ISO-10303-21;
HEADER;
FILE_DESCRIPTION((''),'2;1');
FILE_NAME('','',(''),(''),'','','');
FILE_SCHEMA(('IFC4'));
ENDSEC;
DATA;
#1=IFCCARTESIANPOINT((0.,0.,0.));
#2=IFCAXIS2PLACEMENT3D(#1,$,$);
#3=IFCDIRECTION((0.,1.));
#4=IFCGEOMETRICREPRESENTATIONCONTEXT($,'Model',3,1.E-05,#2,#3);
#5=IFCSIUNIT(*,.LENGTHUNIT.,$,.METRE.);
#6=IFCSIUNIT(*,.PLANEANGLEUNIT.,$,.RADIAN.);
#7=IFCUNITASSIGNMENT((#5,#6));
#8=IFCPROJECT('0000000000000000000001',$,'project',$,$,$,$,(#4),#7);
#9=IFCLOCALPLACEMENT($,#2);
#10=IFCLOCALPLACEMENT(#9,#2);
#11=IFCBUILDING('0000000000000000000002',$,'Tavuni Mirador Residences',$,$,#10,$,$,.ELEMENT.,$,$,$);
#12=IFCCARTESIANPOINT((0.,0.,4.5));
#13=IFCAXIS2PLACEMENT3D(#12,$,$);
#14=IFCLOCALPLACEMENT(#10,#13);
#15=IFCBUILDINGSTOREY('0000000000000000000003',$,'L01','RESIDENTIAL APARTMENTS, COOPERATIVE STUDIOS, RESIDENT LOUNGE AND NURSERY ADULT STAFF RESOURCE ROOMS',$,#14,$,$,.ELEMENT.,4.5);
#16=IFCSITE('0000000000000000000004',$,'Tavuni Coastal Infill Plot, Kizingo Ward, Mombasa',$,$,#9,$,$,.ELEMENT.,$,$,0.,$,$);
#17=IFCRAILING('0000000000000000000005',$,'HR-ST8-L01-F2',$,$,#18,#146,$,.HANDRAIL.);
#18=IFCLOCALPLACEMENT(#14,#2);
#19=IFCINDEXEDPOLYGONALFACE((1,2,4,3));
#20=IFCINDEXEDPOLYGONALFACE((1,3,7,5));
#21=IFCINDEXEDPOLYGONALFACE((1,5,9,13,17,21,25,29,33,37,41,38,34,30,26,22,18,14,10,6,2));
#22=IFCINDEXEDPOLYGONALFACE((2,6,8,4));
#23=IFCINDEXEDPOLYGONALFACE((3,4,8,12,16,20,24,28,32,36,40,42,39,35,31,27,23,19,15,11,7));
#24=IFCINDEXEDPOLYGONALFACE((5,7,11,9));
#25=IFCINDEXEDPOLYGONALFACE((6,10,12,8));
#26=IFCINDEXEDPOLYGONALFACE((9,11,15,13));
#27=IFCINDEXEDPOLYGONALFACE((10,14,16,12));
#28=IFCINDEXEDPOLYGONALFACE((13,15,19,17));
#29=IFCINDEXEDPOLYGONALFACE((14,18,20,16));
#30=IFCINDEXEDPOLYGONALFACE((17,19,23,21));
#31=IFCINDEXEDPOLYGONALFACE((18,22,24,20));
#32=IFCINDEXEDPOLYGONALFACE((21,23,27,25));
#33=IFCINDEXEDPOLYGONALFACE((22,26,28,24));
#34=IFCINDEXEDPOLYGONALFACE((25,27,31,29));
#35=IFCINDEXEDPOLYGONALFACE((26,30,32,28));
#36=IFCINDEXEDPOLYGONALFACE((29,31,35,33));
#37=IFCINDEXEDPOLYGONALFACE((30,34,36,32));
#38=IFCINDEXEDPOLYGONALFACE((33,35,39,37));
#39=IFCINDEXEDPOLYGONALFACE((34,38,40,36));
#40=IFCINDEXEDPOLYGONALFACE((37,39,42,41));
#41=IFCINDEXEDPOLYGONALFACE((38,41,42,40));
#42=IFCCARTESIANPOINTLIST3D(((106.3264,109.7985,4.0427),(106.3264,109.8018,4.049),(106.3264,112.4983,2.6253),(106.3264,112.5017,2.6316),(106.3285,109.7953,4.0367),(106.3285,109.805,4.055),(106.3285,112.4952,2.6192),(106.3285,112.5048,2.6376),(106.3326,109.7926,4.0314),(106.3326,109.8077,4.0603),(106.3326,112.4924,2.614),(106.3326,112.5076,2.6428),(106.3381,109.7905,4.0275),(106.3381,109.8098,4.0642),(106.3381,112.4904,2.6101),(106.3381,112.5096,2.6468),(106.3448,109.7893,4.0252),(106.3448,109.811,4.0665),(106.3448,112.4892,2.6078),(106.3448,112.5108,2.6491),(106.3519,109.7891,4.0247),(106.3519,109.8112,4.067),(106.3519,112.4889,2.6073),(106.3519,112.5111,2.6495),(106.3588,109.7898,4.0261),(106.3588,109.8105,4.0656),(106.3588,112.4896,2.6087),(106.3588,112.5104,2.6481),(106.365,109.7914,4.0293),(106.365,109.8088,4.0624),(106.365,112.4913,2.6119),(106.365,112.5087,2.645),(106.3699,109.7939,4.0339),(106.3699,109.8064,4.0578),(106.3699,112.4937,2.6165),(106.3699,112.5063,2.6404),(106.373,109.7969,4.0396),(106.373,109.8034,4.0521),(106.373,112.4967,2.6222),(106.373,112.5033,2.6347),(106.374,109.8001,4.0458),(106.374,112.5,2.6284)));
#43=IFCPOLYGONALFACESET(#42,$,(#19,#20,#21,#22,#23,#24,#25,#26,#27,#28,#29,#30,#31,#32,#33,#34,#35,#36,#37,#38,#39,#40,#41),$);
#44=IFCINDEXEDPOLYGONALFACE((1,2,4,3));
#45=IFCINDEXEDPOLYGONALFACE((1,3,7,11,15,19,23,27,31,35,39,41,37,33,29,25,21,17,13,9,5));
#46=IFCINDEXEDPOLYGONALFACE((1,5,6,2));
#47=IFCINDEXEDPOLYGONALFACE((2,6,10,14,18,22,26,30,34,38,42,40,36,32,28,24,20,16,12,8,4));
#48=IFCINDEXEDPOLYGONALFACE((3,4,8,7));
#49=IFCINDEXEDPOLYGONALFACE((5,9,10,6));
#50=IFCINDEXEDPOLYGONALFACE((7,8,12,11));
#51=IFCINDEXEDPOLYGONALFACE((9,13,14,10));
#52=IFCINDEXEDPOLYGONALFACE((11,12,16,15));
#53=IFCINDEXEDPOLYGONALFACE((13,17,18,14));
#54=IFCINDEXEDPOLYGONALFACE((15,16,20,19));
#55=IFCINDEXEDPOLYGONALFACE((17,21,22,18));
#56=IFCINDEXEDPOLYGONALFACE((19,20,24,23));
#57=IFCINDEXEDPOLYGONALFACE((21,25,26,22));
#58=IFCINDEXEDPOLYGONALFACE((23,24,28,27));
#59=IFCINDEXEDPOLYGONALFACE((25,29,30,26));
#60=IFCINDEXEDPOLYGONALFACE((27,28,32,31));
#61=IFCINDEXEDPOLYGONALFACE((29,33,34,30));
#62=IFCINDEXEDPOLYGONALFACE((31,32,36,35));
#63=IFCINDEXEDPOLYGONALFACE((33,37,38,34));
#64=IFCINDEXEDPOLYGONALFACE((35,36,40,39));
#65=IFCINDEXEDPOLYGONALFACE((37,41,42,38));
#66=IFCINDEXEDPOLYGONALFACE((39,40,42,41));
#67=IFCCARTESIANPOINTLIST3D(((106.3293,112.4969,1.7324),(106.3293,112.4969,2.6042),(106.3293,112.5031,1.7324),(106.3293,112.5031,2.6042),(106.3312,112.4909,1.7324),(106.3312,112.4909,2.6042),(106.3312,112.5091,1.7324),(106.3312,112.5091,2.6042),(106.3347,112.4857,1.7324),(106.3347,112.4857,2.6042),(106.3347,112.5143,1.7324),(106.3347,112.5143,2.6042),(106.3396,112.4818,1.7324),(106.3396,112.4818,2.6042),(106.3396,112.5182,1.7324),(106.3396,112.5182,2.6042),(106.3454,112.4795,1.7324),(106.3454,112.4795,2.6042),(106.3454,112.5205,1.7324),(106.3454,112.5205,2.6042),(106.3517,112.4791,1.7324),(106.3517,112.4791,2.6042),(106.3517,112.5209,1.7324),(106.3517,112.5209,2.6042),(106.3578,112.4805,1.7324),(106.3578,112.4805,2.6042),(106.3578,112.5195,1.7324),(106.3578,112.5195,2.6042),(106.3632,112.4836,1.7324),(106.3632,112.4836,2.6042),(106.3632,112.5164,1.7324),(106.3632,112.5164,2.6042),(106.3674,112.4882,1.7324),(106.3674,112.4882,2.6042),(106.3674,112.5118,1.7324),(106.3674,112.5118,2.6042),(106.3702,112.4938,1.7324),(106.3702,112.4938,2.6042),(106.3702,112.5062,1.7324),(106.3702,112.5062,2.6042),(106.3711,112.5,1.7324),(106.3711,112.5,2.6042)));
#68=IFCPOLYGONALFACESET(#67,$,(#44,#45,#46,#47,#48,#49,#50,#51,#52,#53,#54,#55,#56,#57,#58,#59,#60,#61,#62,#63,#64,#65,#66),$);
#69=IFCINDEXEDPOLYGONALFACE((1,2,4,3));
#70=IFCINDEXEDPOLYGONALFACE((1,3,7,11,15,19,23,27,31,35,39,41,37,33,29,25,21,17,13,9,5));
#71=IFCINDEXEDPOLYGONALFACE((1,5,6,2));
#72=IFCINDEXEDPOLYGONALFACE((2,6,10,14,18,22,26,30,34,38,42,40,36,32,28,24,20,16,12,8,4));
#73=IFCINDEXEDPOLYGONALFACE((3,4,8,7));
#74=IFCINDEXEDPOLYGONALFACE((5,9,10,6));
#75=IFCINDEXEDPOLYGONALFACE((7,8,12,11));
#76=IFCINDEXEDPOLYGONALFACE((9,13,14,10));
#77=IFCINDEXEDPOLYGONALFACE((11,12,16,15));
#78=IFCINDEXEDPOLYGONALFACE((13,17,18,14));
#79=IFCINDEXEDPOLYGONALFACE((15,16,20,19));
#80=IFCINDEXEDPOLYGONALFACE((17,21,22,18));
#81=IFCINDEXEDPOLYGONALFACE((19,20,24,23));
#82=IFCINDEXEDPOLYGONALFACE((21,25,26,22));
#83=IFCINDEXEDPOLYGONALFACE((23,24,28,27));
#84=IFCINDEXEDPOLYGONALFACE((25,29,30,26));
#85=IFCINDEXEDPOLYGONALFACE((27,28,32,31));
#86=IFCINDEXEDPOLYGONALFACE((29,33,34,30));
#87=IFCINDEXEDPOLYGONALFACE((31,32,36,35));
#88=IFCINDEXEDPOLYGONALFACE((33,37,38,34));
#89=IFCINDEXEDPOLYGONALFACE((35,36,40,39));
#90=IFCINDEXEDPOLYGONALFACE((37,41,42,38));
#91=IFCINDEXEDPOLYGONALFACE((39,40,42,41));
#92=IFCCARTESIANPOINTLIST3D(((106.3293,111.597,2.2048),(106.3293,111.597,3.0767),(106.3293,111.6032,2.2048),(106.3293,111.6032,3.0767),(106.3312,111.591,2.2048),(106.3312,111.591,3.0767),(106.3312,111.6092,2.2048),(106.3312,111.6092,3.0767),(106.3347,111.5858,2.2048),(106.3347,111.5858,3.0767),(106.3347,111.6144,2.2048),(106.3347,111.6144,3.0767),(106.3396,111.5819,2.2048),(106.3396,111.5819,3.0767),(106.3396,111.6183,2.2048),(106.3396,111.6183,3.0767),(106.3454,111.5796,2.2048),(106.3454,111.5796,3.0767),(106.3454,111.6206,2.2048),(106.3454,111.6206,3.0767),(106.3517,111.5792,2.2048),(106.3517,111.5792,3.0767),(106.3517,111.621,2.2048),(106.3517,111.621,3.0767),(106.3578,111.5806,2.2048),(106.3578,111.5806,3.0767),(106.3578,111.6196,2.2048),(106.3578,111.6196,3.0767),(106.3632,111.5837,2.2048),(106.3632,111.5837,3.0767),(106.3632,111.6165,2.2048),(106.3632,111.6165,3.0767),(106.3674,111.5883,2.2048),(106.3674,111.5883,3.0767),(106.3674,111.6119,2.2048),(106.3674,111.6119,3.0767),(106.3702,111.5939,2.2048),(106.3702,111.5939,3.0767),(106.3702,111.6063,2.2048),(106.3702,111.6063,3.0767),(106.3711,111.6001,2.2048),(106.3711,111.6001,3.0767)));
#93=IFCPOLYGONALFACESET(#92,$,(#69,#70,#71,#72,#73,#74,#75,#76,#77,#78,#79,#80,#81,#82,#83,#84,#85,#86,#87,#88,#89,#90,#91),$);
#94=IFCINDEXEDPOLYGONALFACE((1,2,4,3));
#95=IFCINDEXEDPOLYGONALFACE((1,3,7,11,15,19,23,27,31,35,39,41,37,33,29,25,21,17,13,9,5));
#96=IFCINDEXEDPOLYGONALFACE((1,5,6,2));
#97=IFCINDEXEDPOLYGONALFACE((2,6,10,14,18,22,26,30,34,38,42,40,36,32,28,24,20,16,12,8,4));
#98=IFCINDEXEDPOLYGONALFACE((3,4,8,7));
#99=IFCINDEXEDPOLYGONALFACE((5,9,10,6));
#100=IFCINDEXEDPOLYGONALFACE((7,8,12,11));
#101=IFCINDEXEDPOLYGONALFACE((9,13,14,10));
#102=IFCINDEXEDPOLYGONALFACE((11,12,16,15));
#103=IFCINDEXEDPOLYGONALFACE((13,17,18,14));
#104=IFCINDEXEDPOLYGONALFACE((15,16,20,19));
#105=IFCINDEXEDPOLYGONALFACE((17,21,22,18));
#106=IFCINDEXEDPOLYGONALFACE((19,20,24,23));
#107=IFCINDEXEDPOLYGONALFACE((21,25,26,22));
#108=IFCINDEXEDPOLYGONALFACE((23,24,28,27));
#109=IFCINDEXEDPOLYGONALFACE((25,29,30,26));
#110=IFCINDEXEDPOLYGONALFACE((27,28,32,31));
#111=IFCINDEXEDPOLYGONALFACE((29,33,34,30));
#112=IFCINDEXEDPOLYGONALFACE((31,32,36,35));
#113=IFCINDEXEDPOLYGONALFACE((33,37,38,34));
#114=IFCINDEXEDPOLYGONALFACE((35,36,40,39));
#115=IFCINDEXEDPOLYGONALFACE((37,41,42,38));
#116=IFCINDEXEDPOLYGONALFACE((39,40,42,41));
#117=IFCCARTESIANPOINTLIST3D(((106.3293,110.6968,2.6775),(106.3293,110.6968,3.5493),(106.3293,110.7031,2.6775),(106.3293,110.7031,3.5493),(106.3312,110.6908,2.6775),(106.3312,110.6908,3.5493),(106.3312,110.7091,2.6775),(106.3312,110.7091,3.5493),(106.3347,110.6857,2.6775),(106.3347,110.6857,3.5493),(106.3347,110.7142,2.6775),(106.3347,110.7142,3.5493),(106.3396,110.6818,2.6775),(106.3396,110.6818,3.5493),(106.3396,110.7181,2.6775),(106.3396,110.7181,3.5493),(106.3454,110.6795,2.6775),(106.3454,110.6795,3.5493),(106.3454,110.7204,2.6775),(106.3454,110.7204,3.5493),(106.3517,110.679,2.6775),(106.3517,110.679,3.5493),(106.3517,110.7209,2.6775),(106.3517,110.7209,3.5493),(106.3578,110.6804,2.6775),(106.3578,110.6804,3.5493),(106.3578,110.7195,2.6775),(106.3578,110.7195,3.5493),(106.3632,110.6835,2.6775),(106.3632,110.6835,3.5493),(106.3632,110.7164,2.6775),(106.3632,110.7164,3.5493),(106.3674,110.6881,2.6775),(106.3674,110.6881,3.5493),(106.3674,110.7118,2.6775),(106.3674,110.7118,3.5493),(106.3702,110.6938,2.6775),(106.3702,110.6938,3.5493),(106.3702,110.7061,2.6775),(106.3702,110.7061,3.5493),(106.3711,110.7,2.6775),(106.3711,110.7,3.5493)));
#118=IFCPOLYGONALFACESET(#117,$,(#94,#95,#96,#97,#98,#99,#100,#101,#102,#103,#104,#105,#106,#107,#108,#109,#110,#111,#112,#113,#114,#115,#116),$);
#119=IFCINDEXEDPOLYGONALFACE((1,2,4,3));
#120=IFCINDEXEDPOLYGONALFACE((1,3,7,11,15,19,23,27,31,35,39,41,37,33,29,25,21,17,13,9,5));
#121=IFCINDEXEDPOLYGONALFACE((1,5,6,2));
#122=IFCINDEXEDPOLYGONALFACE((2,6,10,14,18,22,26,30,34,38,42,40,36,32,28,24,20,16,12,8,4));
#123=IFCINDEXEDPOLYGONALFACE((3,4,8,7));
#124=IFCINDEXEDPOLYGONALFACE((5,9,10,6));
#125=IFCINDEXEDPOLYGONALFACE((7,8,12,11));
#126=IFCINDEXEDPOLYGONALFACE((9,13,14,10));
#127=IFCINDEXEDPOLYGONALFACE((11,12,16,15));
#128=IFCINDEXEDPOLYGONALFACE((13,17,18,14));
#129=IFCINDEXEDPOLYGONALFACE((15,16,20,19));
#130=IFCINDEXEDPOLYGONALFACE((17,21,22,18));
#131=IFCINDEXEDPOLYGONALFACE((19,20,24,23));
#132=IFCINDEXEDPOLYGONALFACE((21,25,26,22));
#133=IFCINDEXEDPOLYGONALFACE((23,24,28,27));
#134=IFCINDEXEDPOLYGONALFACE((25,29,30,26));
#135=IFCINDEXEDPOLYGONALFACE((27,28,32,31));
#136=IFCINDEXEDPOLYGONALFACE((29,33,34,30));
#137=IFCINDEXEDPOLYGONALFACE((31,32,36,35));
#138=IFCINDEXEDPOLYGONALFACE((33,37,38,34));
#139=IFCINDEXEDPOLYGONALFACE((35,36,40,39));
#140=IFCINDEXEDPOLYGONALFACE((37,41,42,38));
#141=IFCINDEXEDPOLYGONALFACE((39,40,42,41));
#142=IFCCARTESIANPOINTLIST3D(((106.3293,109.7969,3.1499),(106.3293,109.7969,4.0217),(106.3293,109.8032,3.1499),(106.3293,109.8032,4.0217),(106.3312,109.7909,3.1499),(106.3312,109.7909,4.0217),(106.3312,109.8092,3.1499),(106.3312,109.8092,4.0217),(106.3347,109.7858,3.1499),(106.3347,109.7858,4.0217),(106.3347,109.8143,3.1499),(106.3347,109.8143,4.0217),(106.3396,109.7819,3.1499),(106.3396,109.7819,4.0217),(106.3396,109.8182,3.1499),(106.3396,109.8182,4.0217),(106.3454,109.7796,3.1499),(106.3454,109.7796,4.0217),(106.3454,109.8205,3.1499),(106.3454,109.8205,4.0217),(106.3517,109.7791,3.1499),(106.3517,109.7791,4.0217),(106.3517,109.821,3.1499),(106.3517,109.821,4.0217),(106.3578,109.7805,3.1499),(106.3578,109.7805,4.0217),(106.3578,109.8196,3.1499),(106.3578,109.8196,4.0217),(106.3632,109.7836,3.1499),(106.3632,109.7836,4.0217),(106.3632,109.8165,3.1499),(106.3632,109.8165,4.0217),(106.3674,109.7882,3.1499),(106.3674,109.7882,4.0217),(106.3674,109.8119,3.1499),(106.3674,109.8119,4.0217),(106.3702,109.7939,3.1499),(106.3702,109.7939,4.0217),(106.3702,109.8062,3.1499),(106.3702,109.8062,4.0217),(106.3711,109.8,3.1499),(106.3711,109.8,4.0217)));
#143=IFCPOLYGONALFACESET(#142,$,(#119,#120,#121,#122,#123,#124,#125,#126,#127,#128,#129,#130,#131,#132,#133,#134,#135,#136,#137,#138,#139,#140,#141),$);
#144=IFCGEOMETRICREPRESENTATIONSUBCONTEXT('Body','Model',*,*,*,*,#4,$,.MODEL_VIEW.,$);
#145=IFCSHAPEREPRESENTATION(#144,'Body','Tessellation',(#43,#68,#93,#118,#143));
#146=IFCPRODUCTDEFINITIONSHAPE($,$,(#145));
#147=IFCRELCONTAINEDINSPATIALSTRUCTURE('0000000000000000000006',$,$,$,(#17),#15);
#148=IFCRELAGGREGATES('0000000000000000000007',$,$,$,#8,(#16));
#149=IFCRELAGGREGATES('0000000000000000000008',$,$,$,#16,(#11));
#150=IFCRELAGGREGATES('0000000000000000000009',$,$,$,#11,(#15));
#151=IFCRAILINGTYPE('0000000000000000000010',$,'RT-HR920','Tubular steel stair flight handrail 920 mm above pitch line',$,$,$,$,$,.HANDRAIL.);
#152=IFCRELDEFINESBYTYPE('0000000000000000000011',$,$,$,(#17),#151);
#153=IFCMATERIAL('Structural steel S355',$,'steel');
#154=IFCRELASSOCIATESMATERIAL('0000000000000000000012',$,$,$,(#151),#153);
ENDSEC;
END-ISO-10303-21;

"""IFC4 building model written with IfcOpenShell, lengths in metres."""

from ifc_helpers import new_model, si_unit, direction, frame, origin, origin_2d, place, context, subcontext, project, spatial, circle, extrude, material, type_object, element, save


model = new_model("IFC4")

# Units and contexts
model_context = context("Model", 3, precision=1e-05, world=origin(), true_north=direction((0.0, 1.0)))
body_context = subcontext(model_context, "Body", "Model", "MODEL_VIEW")
ifc_project = project(units=[si_unit("LENGTHUNIT", "METRE"), si_unit("PLANEANGLEUNIT", "RADIAN")], contexts=[model_context])

# Site, building, storey
site_placement = place(None, origin())
site = spatial("IfcSite", under=ifc_project, at=site_placement, Name="Tavuni Coastal Infill Plot, Kizingo Ward, Mombasa", CompositionType="ELEMENT", RefElevation=0.0)
building_placement = place(site_placement, origin())
building = spatial("IfcBuilding", under=site, at=building_placement, Name="Tavuni Mirador Residences", CompositionType="ELEMENT")
storey_placement = place(building_placement, frame((0.0, 0.0, 4.5)))
storey = spatial("IfcBuildingStorey", under=building, at=storey_placement, Name="L01", Description="RESIDENTIAL APARTMENTS, COOPERATIVE STUDIOS, RESIDENT LOUNGE AND NURSERY ADULT STAFF RESOURCE ROOMS", CompositionType="ELEMENT", Elevation=4.5)

# Shared definitions
ifc_material_1 = material(Name="Structural steel S355", Category="steel")

# Railing
railing_type_1 = type_object("IfcRailingType", Name="RT-HR920", Description="Tubular steel stair flight handrail 920 mm above pitch line", PredefinedType="HANDRAIL", material=ifc_material_1)
railing_1_placement = place(storey_placement, frame((106.3501, 112.5, 1.7324)))
element("IfcRailing", 1, at=railing_1_placement, inside=storey, type_object=railing_type_1, Name="HR-ST8-L01-F2", PredefinedType="HANDRAIL", context=body_context, shape_type="SweptSolid", body=[
    extrude(circle(Radius=0.0239, at=origin_2d()), frame((0.0, 0.0, 0.896), z_axis=(0.0, -0.885397, 0.464835), x_axis=(1.0, 0.0, 0.0)), (0.0, 0.0, 1.0), 3.0493),
    extrude(circle(Radius=0.021, at=origin_2d()), origin(), (0.0, 0.0, 1.0), 0.8718),
    extrude(circle(Radius=0.021, at=origin_2d()), frame((0.0, -0.8999, 0.4724)), (0.0, 0.0, 1.0), 0.8718),
    extrude(circle(Radius=0.021, at=origin_2d()), frame((0.0, -1.8, 0.9451)), (0.0, 0.0, 1.0), 0.8718),
    extrude(circle(Radius=0.021, at=origin_2d()), frame((0.0, -2.7, 1.4175)), (0.0, 0.0, 1.0), 0.8718),
])

save(model, "model.ifc")
